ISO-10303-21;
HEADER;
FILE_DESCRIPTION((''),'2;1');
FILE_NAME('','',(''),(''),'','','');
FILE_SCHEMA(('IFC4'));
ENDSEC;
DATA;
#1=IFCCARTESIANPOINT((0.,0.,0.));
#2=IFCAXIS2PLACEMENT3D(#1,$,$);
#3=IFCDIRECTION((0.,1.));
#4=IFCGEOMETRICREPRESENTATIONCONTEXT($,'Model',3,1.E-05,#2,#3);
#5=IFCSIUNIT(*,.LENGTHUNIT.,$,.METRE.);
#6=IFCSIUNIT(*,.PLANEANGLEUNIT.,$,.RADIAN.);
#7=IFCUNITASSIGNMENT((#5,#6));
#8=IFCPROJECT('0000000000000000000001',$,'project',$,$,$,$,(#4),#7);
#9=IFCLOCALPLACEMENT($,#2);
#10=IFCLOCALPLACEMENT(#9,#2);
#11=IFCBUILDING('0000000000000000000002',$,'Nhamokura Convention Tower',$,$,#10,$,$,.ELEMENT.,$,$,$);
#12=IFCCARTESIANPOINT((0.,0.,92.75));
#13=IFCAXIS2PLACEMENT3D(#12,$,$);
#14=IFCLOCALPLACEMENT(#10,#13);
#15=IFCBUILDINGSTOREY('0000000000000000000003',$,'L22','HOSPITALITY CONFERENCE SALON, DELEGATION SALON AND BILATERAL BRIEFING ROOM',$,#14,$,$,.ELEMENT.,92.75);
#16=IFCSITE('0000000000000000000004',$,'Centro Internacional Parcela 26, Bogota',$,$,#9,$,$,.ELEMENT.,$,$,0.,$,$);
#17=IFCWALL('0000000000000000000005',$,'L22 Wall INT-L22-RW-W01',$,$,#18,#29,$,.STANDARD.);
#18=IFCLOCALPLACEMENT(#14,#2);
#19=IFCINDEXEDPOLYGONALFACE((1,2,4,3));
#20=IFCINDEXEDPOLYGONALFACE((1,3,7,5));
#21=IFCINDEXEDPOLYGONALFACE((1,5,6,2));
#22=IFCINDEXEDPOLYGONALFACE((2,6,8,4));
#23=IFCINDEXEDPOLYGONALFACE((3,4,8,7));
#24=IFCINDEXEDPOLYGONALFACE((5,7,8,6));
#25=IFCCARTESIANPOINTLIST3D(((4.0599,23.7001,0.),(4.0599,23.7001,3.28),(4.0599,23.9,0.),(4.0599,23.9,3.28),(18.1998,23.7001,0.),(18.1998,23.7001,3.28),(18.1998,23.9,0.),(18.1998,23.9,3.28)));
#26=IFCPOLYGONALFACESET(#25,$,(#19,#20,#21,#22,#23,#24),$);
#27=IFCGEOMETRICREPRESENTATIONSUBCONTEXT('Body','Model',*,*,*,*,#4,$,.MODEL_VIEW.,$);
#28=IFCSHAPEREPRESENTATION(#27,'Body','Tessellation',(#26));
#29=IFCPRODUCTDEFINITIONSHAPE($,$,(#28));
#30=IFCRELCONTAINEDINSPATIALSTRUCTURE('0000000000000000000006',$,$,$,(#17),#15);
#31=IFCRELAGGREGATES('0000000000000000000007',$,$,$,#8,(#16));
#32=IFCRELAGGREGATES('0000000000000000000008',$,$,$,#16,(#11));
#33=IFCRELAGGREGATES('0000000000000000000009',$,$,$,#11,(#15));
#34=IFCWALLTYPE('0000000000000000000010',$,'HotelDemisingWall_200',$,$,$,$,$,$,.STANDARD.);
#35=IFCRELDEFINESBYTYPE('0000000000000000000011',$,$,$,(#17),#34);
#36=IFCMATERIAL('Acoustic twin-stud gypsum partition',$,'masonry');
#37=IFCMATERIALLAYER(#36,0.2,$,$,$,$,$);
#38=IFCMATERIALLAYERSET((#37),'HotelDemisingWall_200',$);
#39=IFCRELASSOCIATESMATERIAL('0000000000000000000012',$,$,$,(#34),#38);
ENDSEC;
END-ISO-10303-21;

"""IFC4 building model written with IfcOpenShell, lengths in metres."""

from ifc_helpers import new_model, si_unit, direction, frame, frame_2d, origin, place, context, subcontext, project, spatial, rectangle, extrude, material, layer, layer_set, type_object, element, save


model = new_model("IFC4")

# Units and contexts
model_context = context("Model", 3, precision=1e-05, world=origin(), true_north=direction((0.0, 1.0)))
body_context = subcontext(model_context, "Body", "Model", "MODEL_VIEW")
ifc_project = project(units=[si_unit("LENGTHUNIT", "METRE"), si_unit("PLANEANGLEUNIT", "RADIAN")], contexts=[model_context])

# Site, building, storey
site_placement = place(None, origin())
site = spatial("IfcSite", under=ifc_project, at=site_placement, Name="Centro Internacional Parcela 26, Bogota", CompositionType="ELEMENT", RefElevation=0.0)
building_placement = place(site_placement, origin())
building = spatial("IfcBuilding", under=site, at=building_placement, Name="Nhamokura Convention Tower", CompositionType="ELEMENT")
storey_placement = place(building_placement, frame((0.0, 0.0, 92.75)))
storey = spatial("IfcBuildingStorey", under=building, at=storey_placement, Name="L22", Description="HOSPITALITY CONFERENCE SALON, DELEGATION SALON AND BILATERAL BRIEFING ROOM", CompositionType="ELEMENT", Elevation=92.75)

# Wall
ifc_material_1 = material(Name="Acoustic twin-stud gypsum partition", Category="masonry")
ifc_layer_1 = layer(ifc_material_1, 0.2)
ifc_layer_set_1 = layer_set([ifc_layer_1], Name="HotelDemisingWall_200")
wall_type_1 = type_object("IfcWallType", Name="HotelDemisingWall_200", PredefinedType="STANDARD", material=ifc_layer_set_1)
wall_1_placement = place(storey_placement, frame((4.0601, 23.8, 0.0), z_axis=(0.0, 0.0, 1.0), x_axis=(1.0, 0.0, 0.0)))
element("IfcWall", 1, at=wall_1_placement, inside=storey, type_object=wall_type_1, Name="L22 Wall INT-L22-RW-W01", PredefinedType="STANDARD", context=body_context, shape_type="SweptSolid", body=[
    extrude(rectangle(XDim=14.1399, YDim=0.2, at=frame_2d((7.0698, 0.0))), origin(), (0.0, 0.0, 1.0), 3.28),
])

save(model, "model.ifc")
